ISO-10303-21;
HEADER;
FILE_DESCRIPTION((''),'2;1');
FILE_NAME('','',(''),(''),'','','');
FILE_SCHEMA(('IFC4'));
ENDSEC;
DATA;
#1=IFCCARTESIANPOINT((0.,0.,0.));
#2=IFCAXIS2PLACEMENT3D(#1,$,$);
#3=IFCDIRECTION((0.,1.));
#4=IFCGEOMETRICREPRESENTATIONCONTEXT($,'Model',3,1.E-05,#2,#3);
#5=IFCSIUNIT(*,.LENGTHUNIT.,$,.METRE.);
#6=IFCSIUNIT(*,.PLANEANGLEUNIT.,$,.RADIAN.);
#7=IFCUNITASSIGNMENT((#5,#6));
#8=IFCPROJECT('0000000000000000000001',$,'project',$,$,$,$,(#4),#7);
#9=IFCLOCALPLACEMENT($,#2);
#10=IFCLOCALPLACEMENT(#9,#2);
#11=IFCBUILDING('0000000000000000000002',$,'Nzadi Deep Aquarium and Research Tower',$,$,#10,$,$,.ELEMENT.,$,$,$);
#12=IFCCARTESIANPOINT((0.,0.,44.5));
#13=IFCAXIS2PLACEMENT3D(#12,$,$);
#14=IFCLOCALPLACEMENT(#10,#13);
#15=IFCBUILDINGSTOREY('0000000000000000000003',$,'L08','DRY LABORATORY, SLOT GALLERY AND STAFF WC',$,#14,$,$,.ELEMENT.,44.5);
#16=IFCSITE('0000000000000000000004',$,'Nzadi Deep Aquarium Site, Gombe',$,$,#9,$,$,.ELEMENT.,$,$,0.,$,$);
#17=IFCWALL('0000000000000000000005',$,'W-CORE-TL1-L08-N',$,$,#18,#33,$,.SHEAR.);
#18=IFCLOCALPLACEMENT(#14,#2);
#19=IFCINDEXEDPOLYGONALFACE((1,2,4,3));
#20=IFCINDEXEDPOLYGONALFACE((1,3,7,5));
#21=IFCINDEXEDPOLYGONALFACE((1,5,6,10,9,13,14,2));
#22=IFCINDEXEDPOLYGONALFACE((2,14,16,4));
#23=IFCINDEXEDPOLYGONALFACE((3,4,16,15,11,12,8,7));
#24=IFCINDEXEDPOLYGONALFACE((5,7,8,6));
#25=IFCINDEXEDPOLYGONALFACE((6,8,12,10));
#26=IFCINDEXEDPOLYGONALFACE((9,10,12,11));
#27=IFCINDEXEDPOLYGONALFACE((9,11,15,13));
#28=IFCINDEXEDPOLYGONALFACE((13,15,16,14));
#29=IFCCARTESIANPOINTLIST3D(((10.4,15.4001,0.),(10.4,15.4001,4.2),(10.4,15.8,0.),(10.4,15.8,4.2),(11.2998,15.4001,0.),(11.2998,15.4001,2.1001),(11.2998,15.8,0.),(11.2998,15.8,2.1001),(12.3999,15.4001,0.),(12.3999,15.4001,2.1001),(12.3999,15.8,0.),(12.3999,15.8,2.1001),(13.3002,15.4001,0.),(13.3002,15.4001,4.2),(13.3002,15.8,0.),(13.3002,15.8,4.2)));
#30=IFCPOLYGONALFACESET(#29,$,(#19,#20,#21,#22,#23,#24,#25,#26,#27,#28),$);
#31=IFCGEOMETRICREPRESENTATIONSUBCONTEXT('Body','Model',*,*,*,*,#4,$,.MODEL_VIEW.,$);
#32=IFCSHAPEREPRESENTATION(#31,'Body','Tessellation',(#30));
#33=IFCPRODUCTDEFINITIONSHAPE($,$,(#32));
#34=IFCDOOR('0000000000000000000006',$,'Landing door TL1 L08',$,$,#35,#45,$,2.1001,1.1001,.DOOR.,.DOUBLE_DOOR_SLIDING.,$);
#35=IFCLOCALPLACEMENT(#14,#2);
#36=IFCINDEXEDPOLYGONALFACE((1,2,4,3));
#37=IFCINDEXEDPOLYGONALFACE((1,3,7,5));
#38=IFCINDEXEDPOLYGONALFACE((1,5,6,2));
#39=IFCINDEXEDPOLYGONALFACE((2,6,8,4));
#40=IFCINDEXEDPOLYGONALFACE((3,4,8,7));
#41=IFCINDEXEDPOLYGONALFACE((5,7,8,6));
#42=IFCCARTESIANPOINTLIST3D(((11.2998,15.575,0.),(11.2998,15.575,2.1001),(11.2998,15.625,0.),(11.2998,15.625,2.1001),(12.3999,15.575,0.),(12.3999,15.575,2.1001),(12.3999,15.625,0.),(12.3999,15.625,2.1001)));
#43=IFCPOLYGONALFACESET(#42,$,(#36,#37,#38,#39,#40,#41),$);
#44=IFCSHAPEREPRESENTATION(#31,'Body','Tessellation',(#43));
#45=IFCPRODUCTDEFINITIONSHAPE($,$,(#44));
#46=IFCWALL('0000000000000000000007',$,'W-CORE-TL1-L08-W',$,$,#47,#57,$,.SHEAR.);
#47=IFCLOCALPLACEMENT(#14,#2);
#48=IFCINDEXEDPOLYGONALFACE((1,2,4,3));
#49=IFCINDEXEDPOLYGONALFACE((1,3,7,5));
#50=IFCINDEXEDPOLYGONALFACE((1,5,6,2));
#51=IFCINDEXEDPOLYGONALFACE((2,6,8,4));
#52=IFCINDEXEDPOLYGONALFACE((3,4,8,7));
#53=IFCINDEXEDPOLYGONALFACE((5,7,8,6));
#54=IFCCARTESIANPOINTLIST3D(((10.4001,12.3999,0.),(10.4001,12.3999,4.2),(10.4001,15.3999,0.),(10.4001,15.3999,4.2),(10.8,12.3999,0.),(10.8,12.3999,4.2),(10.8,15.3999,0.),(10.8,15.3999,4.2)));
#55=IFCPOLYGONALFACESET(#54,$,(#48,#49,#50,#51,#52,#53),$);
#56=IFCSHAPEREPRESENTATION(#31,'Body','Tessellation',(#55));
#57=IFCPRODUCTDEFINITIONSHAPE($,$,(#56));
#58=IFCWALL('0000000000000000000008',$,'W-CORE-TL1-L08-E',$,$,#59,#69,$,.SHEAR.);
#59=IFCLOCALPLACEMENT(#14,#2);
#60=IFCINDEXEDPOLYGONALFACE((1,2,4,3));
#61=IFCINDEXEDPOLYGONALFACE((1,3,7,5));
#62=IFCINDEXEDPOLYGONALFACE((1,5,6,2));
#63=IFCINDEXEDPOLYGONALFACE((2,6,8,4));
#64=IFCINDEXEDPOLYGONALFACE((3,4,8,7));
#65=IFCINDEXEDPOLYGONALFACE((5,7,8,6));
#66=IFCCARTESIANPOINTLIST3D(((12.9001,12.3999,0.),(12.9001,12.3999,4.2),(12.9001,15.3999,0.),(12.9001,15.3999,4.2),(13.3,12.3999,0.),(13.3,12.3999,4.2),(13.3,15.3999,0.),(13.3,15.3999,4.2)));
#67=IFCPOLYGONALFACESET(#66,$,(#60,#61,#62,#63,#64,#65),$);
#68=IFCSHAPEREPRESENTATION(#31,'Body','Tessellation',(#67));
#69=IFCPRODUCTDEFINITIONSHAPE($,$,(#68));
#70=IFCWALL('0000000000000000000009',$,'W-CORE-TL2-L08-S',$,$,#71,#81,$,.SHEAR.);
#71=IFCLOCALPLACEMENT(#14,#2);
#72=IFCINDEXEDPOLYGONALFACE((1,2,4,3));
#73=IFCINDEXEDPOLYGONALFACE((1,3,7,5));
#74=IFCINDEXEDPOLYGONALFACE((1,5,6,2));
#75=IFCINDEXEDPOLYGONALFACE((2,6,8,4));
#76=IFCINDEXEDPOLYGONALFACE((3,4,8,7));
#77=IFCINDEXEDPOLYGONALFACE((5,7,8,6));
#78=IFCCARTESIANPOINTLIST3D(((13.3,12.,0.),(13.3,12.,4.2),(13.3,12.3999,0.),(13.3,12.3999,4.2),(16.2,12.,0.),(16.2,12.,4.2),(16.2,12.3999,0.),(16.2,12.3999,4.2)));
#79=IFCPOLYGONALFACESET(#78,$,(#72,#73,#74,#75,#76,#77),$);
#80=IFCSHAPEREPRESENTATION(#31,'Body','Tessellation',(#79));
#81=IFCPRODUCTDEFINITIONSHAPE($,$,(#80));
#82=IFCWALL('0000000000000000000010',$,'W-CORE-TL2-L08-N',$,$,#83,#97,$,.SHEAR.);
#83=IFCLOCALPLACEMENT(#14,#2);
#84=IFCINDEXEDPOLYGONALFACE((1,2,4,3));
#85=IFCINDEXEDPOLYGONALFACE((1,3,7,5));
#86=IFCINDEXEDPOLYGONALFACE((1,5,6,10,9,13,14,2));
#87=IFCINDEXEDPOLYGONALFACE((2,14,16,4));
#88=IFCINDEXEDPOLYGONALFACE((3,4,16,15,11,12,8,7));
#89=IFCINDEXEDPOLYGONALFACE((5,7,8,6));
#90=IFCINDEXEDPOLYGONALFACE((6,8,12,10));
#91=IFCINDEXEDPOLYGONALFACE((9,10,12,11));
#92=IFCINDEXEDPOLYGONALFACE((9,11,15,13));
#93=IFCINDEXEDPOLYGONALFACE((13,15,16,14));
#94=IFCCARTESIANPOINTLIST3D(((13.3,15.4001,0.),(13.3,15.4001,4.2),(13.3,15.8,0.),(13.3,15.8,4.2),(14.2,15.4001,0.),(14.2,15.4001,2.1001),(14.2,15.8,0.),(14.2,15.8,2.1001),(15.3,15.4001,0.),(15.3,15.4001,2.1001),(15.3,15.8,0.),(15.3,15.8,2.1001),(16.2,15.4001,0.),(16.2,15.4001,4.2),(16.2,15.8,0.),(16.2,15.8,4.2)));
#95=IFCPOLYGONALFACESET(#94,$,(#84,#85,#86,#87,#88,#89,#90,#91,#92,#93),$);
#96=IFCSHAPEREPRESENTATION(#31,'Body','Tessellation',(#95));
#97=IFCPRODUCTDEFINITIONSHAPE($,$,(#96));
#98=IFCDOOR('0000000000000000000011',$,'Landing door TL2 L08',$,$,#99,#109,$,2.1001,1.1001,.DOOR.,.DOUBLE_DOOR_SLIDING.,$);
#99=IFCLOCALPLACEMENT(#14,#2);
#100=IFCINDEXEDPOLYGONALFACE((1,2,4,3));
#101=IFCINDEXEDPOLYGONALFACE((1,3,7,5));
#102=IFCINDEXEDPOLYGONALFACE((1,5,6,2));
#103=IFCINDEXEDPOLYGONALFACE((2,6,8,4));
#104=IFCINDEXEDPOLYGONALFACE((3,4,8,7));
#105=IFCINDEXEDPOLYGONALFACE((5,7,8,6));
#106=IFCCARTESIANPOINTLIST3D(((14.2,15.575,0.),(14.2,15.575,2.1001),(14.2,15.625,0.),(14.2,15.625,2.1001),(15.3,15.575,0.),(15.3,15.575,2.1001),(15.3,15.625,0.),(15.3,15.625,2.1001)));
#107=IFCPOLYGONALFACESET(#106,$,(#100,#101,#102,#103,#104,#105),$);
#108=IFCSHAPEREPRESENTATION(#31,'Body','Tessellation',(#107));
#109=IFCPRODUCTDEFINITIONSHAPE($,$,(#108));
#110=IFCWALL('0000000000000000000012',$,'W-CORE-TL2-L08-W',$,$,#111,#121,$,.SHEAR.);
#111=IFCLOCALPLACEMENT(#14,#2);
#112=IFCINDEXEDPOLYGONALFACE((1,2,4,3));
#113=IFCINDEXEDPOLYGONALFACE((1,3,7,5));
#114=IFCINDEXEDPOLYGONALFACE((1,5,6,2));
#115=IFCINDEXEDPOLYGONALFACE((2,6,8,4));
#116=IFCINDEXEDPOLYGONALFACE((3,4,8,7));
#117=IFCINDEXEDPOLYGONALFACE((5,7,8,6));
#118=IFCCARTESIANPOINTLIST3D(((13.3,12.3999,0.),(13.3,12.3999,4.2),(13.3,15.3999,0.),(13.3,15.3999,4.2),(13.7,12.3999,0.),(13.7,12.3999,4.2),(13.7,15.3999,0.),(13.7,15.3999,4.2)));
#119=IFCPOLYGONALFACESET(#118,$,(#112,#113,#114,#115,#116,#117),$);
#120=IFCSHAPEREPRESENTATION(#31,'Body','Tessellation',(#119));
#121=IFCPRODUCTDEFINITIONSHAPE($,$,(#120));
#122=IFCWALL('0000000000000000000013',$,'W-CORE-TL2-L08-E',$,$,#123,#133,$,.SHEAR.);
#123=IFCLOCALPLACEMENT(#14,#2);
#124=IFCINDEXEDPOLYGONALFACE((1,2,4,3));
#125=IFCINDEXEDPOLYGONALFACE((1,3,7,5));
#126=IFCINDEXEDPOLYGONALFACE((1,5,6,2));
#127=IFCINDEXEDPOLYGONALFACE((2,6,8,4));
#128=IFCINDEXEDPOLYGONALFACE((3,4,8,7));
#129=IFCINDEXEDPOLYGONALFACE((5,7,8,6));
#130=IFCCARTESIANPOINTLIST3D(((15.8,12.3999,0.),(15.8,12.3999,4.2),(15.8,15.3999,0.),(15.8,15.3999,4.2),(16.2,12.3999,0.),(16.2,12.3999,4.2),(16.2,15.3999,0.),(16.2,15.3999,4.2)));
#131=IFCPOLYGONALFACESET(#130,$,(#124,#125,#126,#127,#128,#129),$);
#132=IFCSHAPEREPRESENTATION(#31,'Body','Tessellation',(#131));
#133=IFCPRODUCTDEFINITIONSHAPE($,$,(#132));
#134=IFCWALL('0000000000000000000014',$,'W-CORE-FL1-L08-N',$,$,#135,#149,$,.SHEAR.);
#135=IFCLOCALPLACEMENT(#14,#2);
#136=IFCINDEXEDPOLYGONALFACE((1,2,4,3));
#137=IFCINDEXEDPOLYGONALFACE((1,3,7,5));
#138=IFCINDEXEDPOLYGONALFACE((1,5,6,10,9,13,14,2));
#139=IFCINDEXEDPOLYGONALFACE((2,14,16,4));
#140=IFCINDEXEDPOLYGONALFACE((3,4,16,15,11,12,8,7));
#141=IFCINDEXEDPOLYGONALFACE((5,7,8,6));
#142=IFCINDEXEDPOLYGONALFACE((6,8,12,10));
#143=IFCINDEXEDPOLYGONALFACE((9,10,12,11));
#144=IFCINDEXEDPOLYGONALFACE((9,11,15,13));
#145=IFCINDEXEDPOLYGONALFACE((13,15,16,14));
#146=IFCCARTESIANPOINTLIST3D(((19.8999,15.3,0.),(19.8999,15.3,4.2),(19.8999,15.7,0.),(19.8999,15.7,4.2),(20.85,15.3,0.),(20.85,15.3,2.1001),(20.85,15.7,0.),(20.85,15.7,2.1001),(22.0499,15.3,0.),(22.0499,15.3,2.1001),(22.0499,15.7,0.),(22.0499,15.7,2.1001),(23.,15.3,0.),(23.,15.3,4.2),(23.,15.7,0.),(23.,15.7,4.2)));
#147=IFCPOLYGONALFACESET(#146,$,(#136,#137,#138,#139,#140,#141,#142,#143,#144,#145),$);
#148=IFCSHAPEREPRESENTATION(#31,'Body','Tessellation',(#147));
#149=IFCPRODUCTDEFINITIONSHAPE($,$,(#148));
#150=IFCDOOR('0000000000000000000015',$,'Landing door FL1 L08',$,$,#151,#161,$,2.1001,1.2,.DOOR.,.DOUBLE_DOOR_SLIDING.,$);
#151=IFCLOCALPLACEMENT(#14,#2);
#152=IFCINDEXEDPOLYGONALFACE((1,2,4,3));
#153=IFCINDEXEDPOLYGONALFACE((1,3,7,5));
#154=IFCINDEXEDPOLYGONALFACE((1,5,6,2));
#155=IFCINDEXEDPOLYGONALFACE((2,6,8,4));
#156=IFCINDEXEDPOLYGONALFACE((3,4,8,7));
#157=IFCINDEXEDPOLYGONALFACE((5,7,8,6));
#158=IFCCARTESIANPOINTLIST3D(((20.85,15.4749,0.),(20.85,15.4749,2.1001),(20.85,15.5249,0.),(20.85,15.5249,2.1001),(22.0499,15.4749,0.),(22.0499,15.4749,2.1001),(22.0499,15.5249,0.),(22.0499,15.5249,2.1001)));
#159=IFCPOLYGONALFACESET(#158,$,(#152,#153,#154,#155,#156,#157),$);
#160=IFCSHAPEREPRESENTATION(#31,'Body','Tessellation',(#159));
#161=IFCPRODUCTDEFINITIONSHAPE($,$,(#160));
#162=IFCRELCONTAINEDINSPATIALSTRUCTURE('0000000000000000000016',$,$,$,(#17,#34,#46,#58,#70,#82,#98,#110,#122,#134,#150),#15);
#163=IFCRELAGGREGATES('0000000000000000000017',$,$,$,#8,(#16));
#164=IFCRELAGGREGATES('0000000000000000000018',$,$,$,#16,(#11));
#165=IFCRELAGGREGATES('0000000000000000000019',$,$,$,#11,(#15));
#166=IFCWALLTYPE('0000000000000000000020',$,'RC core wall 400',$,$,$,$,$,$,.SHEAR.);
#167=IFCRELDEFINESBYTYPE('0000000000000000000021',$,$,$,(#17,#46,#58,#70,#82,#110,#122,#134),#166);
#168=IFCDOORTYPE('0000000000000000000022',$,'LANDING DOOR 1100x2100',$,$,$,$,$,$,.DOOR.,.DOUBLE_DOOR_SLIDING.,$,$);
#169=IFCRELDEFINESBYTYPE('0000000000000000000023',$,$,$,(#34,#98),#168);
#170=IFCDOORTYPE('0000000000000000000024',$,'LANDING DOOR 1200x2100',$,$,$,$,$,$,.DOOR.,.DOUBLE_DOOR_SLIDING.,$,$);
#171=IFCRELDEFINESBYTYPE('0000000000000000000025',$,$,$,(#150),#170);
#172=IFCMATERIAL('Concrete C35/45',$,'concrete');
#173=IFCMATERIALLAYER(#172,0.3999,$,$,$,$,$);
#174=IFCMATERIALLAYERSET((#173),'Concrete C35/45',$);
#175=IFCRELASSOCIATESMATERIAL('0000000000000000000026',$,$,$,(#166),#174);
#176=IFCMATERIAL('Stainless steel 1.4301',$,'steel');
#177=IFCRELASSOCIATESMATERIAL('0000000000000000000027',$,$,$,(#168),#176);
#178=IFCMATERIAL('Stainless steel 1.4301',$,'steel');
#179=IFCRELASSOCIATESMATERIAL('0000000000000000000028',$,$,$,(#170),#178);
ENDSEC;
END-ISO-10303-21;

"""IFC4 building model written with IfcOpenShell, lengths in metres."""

from ifc_helpers import new_model, si_unit, direction, frame, frame_2d, origin, place, context, subcontext, project, spatial, rectangle, extrude, material, layer, layer_set, type_object, element, fill, save


model = new_model("IFC4")

# Units and contexts
model_context = context("Model", 3, precision=1e-05, world=origin(), true_north=direction((0.0, 1.0)))
body_context = subcontext(model_context, "Body", "Model", "MODEL_VIEW")
ifc_project = project(units=[si_unit("LENGTHUNIT", "METRE"), si_unit("PLANEANGLEUNIT", "RADIAN")], contexts=[model_context])

# Site, building, storey
site_placement = place(None, origin())
site = spatial("IfcSite", under=ifc_project, at=site_placement, Name="Nzadi Deep Aquarium Site, Gombe", CompositionType="ELEMENT", RefElevation=0.0)
building_placement = place(site_placement, origin())
building = spatial("IfcBuilding", under=site, at=building_placement, Name="Nzadi Deep Aquarium and Research Tower", CompositionType="ELEMENT")
storey_placement = place(building_placement, frame((0.0, 0.0, 44.5)))
storey = spatial("IfcBuildingStorey", under=building, at=storey_placement, Name="L08", Description="DRY LABORATORY, SLOT GALLERY AND STAFF WC", CompositionType="ELEMENT", Elevation=44.5)

# Wall, opening, door
ifc_material_1 = material(Name="Concrete C35/45", Category="concrete")
ifc_layer_1 = layer(ifc_material_1, 0.3999)
ifc_layer_set_1 = layer_set([ifc_layer_1], Name="Concrete C35/45")
wall_type_1 = type_object("IfcWallType", Name="RC core wall 400", PredefinedType="SHEAR", material=ifc_layer_set_1)
wall_1_placement = place(storey_placement, frame((10.3999, 15.6001, 0.0), z_axis=(0.0, 0.0, 1.0), x_axis=(1.0, 0.0, 0.0)))
wall_1 = element("IfcWall", 1, at=wall_1_placement, inside=storey, type_object=wall_type_1, Name="W-CORE-TL1-L08-N", PredefinedType="SHEAR", context=body_context, shape_type="SweptSolid", body=[
    extrude(rectangle(XDim=2.9001, YDim=0.3999, at=frame_2d((1.4502, 0.0))), origin(), (0.0, 0.0, 1.0), 4.2),
])
opening_1_placement = place(wall_1_placement, frame((0.8999, 0.0, 0.0)))
opening_1 = element("IfcOpeningElement", 2, at=opening_1_placement, cuts=wall_1, PredefinedType="OPENING", context=body_context, shape_type="SweptSolid", body=[
    extrude(rectangle(XDim=1.1001, YDim=2.1001, at=frame_2d((0.55, 1.05))), frame((0.0, 0.21, 0.0), z_axis=(0.0, -1.0, 0.0), x_axis=(1.0, 0.0, 0.0)), (0.0, 0.0, 1.0), 0.4199),
])
ifc_material_2 = material(Name="Stainless steel 1.4301", Category="steel")
door_type_1 = type_object("IfcDoorType", Name="LANDING DOOR 1100x2100", OperationType="DOUBLE_DOOR_SLIDING", PredefinedType="DOOR", material=ifc_material_2)
door_1_placement = place(opening_1_placement, origin())
door_1 = element("IfcDoor", 3, at=door_1_placement, inside=storey, type_object=door_type_1, Name="Landing door TL1 L08", OperationType="DOUBLE_DOOR_SLIDING", OverallHeight=2.1001, OverallWidth=1.1001, PredefinedType="DOOR", context=body_context, shape_type="SweptSolid", body=[
    extrude(rectangle(XDim=1.1001, YDim=2.1001, at=frame_2d((0.55, 1.05))), frame((0.0, 0.0249, 0.0), z_axis=(0.0, -1.0, 0.0), x_axis=(1.0, 0.0, 0.0)), (0.0, 0.0, 1.0), 0.05),
])
fill(opening_1, door_1)

# Walls
for number, where, z_axis, x_axis, name in (
    (4, (10.6001, 12.3999, 0.0), (0.0, 0.0, 1.0), (0.0, 1.0, 0.0), "W-CORE-TL1-L08-W"),
    (5, (13.1001, 12.3999, 0.0), (0.0, 0.0, 1.0), (0.0, 1.0, 0.0), "W-CORE-TL1-L08-E"),
):
    element("IfcWall", number, at=place(storey_placement, frame(where, z_axis=z_axis, x_axis=x_axis)), inside=storey, type_object=wall_type_1, Name=name, PredefinedType="SHEAR", context=body_context, shape_type="SweptSolid", body=[
        extrude(rectangle(XDim=3.0, YDim=0.3999, at=frame_2d((1.5, 0.0))), origin(), (0.0, 0.0, 1.0), 4.2),
    ])
wall_2_placement = place(storey_placement, frame((13.3, 12.2, 0.0), z_axis=(0.0, 0.0, 1.0), x_axis=(1.0, 0.0, 0.0)))
element("IfcWall", 6, at=wall_2_placement, inside=storey, type_object=wall_type_1, Name="W-CORE-TL2-L08-S", PredefinedType="SHEAR", context=body_context, shape_type="SweptSolid", body=[
    extrude(rectangle(XDim=2.8999, YDim=0.3999, at=frame_2d((1.45, 0.0))), origin(), (0.0, 0.0, 1.0), 4.2),
])

# Wall, opening, door
wall_3_placement = place(storey_placement, frame((13.3, 15.6001, 0.0), z_axis=(0.0, 0.0, 1.0), x_axis=(1.0, 0.0, 0.0)))
wall_3 = element("IfcWall", 7, at=wall_3_placement, inside=storey, type_object=wall_type_1, Name="W-CORE-TL2-L08-N", PredefinedType="SHEAR", context=body_context, shape_type="SweptSolid", body=[
    extrude(rectangle(XDim=2.8999, YDim=0.3999, at=frame_2d((1.45, 0.0))), origin(), (0.0, 0.0, 1.0), 4.2),
])
opening_2_placement = place(wall_3_placement, frame((0.8999, 0.0, 0.0)))
opening_2 = element("IfcOpeningElement", 8, at=opening_2_placement, cuts=wall_3, PredefinedType="OPENING", context=body_context, shape_type="SweptSolid", body=[
    extrude(rectangle(XDim=1.1001, YDim=2.1001, at=frame_2d((0.55, 1.05))), frame((0.0, 0.21, 0.0), z_axis=(0.0, -1.0, 0.0), x_axis=(1.0, 0.0, 0.0)), (0.0, 0.0, 1.0), 0.4199),
])
door_2_placement = place(opening_2_placement, origin())
door_2 = element("IfcDoor", 9, at=door_2_placement, inside=storey, type_object=door_type_1, Name="Landing door TL2 L08", OperationType="DOUBLE_DOOR_SLIDING", OverallHeight=2.1001, OverallWidth=1.1001, PredefinedType="DOOR", context=body_context, shape_type="SweptSolid", body=[
    extrude(rectangle(XDim=1.1001, YDim=2.1001, at=frame_2d((0.55, 1.05))), frame((0.0, 0.0249, 0.0), z_axis=(0.0, -1.0, 0.0), x_axis=(1.0, 0.0, 0.0)), (0.0, 0.0, 1.0), 0.05),
])
fill(opening_2, door_2)

# Walls
for number, where, z_axis, x_axis, name in (
    (10, (13.5, 12.3999, 0.0), (0.0, 0.0, 1.0), (0.0, 1.0, 0.0), "W-CORE-TL2-L08-W"),
    (11, (16.0, 12.3999, 0.0), (0.0, 0.0, 1.0), (0.0, 1.0, 0.0), "W-CORE-TL2-L08-E"),
):
    element("IfcWall", number, at=place(storey_placement, frame(where, z_axis=z_axis, x_axis=x_axis)), inside=storey, type_object=wall_type_1, Name=name, PredefinedType="SHEAR", context=body_context, shape_type="SweptSolid", body=[
        extrude(rectangle(XDim=3.0, YDim=0.3999, at=frame_2d((1.5, 0.0))), origin(), (0.0, 0.0, 1.0), 4.2),
    ])

# Wall, opening, door
wall_4_placement = place(storey_placement, frame((19.8999, 15.5, 0.0), z_axis=(0.0, 0.0, 1.0), x_axis=(1.0, 0.0, 0.0)))
wall_4 = element("IfcWall", 12, at=wall_4_placement, inside=storey, type_object=wall_type_1, Name="W-CORE-FL1-L08-N", PredefinedType="SHEAR", context=body_context, shape_type="SweptSolid", body=[
    extrude(rectangle(XDim=3.1001, YDim=0.3999, at=frame_2d((1.55, 0.0))), origin(), (0.0, 0.0, 1.0), 4.2),
])
opening_3_placement = place(wall_4_placement, frame((0.95, 0.0, 0.0)))
opening_3 = element("IfcOpeningElement", 13, at=opening_3_placement, cuts=wall_4, PredefinedType="OPENING", context=body_context, shape_type="SweptSolid", body=[
    extrude(rectangle(XDim=1.2, YDim=2.1001, at=frame_2d((0.6001, 1.05))), frame((0.0, 0.21, 0.0), z_axis=(0.0, -1.0, 0.0), x_axis=(1.0, 0.0, 0.0)), (0.0, 0.0, 1.0), 0.4199),
])
ifc_material_3 = material(Name="Stainless steel 1.4301", Category="steel")
door_type_2 = type_object("IfcDoorType", Name="LANDING DOOR 1200x2100", OperationType="DOUBLE_DOOR_SLIDING", PredefinedType="DOOR", material=ifc_material_3)
door_3_placement = place(opening_3_placement, origin())
door_3 = element("IfcDoor", 14, at=door_3_placement, inside=storey, type_object=door_type_2, Name="Landing door FL1 L08", OperationType="DOUBLE_DOOR_SLIDING", OverallHeight=2.1001, OverallWidth=1.2, PredefinedType="DOOR", context=body_context, shape_type="SweptSolid", body=[
    extrude(rectangle(XDim=1.2, YDim=2.1001, at=frame_2d((0.6001, 1.05))), frame((0.0, 0.0249, 0.0), z_axis=(0.0, -1.0, 0.0), x_axis=(1.0, 0.0, 0.0)), (0.0, 0.0, 1.0), 0.05),
])
fill(opening_3, door_3)

save(model, "model.ifc")
